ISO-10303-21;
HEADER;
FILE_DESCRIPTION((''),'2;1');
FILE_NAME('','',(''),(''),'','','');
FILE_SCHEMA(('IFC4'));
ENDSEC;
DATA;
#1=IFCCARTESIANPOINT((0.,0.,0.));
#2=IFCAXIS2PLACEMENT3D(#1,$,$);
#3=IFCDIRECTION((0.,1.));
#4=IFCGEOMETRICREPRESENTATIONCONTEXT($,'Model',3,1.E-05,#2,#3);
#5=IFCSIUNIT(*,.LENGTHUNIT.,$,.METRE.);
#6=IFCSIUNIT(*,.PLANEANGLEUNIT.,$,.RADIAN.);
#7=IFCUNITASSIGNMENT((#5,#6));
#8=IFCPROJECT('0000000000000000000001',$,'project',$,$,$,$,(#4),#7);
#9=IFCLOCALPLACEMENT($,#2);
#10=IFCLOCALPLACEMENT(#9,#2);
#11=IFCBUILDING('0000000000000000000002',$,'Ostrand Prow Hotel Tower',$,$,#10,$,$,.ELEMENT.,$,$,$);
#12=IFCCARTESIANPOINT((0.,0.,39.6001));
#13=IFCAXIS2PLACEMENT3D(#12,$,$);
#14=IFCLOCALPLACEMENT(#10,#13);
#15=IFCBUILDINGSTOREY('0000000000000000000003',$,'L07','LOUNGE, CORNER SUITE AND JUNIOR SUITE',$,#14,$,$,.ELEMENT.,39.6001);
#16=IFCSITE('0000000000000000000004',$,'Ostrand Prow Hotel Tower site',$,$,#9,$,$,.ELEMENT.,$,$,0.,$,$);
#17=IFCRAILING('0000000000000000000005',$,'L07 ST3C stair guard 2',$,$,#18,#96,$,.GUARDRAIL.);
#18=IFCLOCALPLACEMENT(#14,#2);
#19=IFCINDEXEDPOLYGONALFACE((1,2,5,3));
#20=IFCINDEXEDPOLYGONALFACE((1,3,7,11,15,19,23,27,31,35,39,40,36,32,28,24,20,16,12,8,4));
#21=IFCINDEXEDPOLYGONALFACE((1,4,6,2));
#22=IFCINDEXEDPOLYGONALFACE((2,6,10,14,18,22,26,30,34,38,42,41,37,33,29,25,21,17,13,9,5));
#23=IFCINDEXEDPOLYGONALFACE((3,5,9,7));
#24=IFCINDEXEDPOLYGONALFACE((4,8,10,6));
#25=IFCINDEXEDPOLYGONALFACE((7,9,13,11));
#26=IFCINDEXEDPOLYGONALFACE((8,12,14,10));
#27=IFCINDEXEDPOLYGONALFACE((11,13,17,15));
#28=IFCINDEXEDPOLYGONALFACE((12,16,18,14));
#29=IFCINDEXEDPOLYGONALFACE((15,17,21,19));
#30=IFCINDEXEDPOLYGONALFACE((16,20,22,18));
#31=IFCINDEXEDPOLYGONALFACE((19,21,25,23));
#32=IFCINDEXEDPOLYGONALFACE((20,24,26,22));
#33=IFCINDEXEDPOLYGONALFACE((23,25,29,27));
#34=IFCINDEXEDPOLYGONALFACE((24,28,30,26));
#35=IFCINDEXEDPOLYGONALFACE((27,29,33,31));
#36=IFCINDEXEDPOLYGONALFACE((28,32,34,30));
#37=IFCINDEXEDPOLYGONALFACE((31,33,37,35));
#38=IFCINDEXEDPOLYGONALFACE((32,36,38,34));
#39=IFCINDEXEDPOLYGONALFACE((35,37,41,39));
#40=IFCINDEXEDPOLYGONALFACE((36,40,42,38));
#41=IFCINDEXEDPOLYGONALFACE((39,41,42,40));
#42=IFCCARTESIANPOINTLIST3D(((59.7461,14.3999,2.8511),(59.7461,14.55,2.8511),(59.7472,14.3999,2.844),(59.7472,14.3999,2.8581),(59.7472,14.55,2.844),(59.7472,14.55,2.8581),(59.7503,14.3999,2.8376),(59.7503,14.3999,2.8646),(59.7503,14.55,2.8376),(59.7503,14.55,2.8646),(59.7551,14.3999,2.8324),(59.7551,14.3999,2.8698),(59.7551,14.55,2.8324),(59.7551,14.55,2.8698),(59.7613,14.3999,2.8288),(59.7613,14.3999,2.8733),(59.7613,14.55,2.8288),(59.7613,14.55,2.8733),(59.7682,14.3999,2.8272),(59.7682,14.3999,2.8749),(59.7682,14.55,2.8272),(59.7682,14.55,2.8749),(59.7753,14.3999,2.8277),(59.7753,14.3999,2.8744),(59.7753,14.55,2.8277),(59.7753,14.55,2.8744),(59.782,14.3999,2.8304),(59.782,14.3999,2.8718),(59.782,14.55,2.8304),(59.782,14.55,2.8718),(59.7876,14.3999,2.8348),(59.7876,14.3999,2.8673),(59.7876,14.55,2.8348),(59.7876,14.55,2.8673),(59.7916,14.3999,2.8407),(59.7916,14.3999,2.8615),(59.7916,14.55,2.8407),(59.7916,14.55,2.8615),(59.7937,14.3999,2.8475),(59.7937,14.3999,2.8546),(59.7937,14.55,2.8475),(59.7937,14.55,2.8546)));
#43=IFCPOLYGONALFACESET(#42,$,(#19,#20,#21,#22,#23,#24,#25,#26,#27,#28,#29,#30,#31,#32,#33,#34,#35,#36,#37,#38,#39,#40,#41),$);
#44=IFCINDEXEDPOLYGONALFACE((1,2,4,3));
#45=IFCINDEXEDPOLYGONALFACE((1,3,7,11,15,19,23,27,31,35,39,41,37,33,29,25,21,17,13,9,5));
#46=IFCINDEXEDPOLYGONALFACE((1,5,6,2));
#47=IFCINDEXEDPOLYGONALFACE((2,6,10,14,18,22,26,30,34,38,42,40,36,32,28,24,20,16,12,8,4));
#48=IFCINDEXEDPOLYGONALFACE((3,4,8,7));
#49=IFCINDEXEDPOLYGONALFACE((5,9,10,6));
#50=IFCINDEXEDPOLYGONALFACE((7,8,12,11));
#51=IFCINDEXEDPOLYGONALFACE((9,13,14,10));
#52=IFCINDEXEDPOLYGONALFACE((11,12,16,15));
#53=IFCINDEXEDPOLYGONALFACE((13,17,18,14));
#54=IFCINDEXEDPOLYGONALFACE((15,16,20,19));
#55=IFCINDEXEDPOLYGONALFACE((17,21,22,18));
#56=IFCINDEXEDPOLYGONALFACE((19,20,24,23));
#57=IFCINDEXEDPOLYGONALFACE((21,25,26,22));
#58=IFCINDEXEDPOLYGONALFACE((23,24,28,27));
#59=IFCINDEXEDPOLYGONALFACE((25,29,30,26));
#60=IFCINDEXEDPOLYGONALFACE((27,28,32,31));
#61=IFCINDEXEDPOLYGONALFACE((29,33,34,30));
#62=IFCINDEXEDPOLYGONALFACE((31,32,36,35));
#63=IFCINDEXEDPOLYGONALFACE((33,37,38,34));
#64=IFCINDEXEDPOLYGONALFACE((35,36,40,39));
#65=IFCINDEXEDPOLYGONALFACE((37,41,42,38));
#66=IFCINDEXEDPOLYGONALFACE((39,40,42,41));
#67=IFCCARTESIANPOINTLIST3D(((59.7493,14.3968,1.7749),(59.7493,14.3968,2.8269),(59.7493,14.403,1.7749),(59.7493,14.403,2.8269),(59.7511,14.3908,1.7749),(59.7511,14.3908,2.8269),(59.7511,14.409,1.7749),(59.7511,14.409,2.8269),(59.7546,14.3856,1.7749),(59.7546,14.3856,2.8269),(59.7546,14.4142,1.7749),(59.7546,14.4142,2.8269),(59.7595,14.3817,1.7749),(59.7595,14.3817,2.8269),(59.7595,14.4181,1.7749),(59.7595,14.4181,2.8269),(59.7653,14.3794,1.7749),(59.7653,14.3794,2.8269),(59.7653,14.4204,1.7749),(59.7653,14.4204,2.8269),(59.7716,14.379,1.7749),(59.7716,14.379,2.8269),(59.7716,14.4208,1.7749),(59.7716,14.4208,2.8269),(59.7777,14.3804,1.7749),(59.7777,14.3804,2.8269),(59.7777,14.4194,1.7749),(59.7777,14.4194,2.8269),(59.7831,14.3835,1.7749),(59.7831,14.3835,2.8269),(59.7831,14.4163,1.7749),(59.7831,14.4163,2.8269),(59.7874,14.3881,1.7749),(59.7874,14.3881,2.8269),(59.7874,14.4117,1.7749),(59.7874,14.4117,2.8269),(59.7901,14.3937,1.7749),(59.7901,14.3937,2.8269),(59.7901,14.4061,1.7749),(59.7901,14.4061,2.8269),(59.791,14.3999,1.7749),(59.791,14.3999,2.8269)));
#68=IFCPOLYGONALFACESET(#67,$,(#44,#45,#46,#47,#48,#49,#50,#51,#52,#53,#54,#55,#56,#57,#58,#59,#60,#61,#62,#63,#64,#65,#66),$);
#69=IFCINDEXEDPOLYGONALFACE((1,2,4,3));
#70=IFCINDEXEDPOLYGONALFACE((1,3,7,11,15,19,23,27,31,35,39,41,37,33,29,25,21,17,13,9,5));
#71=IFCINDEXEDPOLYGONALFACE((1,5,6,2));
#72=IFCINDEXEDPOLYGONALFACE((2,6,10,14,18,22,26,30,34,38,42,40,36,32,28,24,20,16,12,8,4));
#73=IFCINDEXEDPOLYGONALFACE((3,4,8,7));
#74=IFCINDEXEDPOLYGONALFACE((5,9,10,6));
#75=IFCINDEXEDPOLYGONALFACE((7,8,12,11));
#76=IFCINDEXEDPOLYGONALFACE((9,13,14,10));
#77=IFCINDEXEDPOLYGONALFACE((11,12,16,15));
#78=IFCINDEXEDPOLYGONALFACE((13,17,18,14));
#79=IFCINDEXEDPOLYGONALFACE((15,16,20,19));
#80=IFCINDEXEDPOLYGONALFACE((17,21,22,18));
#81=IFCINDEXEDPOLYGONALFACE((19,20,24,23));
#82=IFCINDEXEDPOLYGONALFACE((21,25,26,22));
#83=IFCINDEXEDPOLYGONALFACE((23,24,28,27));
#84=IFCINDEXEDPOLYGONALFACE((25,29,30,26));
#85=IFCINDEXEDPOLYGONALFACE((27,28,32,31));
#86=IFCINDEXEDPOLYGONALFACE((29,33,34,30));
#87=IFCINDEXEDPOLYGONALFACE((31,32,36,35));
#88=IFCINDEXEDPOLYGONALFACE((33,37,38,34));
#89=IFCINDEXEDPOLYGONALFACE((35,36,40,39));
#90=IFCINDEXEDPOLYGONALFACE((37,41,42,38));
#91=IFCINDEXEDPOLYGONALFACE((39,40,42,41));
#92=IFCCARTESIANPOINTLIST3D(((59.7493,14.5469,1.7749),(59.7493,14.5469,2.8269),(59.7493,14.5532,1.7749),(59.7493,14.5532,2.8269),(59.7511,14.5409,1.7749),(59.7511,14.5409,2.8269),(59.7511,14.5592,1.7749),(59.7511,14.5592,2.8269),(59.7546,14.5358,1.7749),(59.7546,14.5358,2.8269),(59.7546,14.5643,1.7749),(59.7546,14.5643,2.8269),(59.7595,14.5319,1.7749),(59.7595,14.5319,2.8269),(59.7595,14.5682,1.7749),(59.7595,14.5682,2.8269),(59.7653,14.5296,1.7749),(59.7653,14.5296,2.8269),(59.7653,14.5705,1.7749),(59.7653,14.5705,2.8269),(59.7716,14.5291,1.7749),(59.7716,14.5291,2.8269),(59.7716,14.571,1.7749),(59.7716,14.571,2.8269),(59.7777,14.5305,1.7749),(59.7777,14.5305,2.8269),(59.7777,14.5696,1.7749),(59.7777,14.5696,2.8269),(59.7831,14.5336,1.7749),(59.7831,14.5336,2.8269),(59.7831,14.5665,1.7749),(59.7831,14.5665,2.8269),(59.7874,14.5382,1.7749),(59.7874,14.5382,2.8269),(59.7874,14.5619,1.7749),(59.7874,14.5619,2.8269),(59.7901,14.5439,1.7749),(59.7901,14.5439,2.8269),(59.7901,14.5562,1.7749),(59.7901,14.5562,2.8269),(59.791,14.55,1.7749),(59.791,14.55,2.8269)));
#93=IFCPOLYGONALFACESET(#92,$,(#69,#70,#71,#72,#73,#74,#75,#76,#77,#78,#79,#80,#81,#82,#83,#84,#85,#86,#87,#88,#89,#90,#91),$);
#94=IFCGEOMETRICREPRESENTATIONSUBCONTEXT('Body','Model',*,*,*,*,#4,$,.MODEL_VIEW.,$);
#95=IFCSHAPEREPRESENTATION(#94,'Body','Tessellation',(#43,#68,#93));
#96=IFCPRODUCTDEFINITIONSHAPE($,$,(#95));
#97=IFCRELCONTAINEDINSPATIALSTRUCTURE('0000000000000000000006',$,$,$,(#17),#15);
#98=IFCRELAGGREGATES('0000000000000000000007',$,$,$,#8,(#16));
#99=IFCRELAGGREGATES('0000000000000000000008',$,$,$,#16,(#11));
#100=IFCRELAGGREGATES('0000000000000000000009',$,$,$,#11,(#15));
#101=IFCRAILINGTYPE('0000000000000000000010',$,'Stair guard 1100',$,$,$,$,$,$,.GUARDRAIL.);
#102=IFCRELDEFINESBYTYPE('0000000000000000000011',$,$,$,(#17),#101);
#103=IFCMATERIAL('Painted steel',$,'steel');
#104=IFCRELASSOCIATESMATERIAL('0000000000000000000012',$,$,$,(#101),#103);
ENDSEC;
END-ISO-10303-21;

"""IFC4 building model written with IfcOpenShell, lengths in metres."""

from ifc_helpers import new_model, si_unit, direction, frame, origin, origin_2d, place, context, subcontext, project, spatial, circle, extrude, material, type_object, element, save


model = new_model("IFC4")

# Units and contexts
model_context = context("Model", 3, precision=1e-05, world=origin(), true_north=direction((0.0, 1.0)))
body_context = subcontext(model_context, "Body", "Model", "MODEL_VIEW")
ifc_project = project(units=[si_unit("LENGTHUNIT", "METRE"), si_unit("PLANEANGLEUNIT", "RADIAN")], contexts=[model_context])

# Site, building, storey
site_placement = place(None, origin())
site = spatial("IfcSite", under=ifc_project, at=site_placement, Name="Ostrand Prow Hotel Tower site", CompositionType="ELEMENT", RefElevation=0.0)
building_placement = place(site_placement, origin())
building = spatial("IfcBuilding", under=site, at=building_placement, Name="Ostrand Prow Hotel Tower", CompositionType="ELEMENT")
storey_placement = place(building_placement, frame((0.0, 0.0, 39.6001)))
storey = spatial("IfcBuildingStorey", under=building, at=storey_placement, Name="L07", Description="LOUNGE, CORNER SUITE AND JUNIOR SUITE", CompositionType="ELEMENT", Elevation=39.6001)

# Railing
ifc_material_1 = material(Name="Painted steel", Category="steel")
railing_type_1 = type_object("IfcRailingType", Name="Stair guard 1100", PredefinedType="GUARDRAIL", material=ifc_material_1)
railing_1_placement = place(storey_placement, frame((59.77, 14.3999, 1.7749)))
element("IfcRailing", 1, at=railing_1_placement, inside=storey, type_object=railing_type_1, Name="L07 ST3C stair guard 2", PredefinedType="GUARDRAIL", context=body_context, shape_type="SweptSolid", body=[
    extrude(circle(Radius=0.0239, at=origin_2d()), frame((0.0, 0.0, 1.0762), z_axis=(0.0, 1.0, 0.0), x_axis=(-1.0, 0.0, 0.0)), (0.0, 0.0, 1.0), 0.1501),
    extrude(circle(Radius=0.021, at=origin_2d()), origin(), (0.0, 0.0, 1.0), 1.052),
    extrude(circle(Radius=0.021, at=origin_2d()), frame((0.0, 0.1501, 0.0)), (0.0, 0.0, 1.0), 1.052),
])

save(model, "model.ifc")
